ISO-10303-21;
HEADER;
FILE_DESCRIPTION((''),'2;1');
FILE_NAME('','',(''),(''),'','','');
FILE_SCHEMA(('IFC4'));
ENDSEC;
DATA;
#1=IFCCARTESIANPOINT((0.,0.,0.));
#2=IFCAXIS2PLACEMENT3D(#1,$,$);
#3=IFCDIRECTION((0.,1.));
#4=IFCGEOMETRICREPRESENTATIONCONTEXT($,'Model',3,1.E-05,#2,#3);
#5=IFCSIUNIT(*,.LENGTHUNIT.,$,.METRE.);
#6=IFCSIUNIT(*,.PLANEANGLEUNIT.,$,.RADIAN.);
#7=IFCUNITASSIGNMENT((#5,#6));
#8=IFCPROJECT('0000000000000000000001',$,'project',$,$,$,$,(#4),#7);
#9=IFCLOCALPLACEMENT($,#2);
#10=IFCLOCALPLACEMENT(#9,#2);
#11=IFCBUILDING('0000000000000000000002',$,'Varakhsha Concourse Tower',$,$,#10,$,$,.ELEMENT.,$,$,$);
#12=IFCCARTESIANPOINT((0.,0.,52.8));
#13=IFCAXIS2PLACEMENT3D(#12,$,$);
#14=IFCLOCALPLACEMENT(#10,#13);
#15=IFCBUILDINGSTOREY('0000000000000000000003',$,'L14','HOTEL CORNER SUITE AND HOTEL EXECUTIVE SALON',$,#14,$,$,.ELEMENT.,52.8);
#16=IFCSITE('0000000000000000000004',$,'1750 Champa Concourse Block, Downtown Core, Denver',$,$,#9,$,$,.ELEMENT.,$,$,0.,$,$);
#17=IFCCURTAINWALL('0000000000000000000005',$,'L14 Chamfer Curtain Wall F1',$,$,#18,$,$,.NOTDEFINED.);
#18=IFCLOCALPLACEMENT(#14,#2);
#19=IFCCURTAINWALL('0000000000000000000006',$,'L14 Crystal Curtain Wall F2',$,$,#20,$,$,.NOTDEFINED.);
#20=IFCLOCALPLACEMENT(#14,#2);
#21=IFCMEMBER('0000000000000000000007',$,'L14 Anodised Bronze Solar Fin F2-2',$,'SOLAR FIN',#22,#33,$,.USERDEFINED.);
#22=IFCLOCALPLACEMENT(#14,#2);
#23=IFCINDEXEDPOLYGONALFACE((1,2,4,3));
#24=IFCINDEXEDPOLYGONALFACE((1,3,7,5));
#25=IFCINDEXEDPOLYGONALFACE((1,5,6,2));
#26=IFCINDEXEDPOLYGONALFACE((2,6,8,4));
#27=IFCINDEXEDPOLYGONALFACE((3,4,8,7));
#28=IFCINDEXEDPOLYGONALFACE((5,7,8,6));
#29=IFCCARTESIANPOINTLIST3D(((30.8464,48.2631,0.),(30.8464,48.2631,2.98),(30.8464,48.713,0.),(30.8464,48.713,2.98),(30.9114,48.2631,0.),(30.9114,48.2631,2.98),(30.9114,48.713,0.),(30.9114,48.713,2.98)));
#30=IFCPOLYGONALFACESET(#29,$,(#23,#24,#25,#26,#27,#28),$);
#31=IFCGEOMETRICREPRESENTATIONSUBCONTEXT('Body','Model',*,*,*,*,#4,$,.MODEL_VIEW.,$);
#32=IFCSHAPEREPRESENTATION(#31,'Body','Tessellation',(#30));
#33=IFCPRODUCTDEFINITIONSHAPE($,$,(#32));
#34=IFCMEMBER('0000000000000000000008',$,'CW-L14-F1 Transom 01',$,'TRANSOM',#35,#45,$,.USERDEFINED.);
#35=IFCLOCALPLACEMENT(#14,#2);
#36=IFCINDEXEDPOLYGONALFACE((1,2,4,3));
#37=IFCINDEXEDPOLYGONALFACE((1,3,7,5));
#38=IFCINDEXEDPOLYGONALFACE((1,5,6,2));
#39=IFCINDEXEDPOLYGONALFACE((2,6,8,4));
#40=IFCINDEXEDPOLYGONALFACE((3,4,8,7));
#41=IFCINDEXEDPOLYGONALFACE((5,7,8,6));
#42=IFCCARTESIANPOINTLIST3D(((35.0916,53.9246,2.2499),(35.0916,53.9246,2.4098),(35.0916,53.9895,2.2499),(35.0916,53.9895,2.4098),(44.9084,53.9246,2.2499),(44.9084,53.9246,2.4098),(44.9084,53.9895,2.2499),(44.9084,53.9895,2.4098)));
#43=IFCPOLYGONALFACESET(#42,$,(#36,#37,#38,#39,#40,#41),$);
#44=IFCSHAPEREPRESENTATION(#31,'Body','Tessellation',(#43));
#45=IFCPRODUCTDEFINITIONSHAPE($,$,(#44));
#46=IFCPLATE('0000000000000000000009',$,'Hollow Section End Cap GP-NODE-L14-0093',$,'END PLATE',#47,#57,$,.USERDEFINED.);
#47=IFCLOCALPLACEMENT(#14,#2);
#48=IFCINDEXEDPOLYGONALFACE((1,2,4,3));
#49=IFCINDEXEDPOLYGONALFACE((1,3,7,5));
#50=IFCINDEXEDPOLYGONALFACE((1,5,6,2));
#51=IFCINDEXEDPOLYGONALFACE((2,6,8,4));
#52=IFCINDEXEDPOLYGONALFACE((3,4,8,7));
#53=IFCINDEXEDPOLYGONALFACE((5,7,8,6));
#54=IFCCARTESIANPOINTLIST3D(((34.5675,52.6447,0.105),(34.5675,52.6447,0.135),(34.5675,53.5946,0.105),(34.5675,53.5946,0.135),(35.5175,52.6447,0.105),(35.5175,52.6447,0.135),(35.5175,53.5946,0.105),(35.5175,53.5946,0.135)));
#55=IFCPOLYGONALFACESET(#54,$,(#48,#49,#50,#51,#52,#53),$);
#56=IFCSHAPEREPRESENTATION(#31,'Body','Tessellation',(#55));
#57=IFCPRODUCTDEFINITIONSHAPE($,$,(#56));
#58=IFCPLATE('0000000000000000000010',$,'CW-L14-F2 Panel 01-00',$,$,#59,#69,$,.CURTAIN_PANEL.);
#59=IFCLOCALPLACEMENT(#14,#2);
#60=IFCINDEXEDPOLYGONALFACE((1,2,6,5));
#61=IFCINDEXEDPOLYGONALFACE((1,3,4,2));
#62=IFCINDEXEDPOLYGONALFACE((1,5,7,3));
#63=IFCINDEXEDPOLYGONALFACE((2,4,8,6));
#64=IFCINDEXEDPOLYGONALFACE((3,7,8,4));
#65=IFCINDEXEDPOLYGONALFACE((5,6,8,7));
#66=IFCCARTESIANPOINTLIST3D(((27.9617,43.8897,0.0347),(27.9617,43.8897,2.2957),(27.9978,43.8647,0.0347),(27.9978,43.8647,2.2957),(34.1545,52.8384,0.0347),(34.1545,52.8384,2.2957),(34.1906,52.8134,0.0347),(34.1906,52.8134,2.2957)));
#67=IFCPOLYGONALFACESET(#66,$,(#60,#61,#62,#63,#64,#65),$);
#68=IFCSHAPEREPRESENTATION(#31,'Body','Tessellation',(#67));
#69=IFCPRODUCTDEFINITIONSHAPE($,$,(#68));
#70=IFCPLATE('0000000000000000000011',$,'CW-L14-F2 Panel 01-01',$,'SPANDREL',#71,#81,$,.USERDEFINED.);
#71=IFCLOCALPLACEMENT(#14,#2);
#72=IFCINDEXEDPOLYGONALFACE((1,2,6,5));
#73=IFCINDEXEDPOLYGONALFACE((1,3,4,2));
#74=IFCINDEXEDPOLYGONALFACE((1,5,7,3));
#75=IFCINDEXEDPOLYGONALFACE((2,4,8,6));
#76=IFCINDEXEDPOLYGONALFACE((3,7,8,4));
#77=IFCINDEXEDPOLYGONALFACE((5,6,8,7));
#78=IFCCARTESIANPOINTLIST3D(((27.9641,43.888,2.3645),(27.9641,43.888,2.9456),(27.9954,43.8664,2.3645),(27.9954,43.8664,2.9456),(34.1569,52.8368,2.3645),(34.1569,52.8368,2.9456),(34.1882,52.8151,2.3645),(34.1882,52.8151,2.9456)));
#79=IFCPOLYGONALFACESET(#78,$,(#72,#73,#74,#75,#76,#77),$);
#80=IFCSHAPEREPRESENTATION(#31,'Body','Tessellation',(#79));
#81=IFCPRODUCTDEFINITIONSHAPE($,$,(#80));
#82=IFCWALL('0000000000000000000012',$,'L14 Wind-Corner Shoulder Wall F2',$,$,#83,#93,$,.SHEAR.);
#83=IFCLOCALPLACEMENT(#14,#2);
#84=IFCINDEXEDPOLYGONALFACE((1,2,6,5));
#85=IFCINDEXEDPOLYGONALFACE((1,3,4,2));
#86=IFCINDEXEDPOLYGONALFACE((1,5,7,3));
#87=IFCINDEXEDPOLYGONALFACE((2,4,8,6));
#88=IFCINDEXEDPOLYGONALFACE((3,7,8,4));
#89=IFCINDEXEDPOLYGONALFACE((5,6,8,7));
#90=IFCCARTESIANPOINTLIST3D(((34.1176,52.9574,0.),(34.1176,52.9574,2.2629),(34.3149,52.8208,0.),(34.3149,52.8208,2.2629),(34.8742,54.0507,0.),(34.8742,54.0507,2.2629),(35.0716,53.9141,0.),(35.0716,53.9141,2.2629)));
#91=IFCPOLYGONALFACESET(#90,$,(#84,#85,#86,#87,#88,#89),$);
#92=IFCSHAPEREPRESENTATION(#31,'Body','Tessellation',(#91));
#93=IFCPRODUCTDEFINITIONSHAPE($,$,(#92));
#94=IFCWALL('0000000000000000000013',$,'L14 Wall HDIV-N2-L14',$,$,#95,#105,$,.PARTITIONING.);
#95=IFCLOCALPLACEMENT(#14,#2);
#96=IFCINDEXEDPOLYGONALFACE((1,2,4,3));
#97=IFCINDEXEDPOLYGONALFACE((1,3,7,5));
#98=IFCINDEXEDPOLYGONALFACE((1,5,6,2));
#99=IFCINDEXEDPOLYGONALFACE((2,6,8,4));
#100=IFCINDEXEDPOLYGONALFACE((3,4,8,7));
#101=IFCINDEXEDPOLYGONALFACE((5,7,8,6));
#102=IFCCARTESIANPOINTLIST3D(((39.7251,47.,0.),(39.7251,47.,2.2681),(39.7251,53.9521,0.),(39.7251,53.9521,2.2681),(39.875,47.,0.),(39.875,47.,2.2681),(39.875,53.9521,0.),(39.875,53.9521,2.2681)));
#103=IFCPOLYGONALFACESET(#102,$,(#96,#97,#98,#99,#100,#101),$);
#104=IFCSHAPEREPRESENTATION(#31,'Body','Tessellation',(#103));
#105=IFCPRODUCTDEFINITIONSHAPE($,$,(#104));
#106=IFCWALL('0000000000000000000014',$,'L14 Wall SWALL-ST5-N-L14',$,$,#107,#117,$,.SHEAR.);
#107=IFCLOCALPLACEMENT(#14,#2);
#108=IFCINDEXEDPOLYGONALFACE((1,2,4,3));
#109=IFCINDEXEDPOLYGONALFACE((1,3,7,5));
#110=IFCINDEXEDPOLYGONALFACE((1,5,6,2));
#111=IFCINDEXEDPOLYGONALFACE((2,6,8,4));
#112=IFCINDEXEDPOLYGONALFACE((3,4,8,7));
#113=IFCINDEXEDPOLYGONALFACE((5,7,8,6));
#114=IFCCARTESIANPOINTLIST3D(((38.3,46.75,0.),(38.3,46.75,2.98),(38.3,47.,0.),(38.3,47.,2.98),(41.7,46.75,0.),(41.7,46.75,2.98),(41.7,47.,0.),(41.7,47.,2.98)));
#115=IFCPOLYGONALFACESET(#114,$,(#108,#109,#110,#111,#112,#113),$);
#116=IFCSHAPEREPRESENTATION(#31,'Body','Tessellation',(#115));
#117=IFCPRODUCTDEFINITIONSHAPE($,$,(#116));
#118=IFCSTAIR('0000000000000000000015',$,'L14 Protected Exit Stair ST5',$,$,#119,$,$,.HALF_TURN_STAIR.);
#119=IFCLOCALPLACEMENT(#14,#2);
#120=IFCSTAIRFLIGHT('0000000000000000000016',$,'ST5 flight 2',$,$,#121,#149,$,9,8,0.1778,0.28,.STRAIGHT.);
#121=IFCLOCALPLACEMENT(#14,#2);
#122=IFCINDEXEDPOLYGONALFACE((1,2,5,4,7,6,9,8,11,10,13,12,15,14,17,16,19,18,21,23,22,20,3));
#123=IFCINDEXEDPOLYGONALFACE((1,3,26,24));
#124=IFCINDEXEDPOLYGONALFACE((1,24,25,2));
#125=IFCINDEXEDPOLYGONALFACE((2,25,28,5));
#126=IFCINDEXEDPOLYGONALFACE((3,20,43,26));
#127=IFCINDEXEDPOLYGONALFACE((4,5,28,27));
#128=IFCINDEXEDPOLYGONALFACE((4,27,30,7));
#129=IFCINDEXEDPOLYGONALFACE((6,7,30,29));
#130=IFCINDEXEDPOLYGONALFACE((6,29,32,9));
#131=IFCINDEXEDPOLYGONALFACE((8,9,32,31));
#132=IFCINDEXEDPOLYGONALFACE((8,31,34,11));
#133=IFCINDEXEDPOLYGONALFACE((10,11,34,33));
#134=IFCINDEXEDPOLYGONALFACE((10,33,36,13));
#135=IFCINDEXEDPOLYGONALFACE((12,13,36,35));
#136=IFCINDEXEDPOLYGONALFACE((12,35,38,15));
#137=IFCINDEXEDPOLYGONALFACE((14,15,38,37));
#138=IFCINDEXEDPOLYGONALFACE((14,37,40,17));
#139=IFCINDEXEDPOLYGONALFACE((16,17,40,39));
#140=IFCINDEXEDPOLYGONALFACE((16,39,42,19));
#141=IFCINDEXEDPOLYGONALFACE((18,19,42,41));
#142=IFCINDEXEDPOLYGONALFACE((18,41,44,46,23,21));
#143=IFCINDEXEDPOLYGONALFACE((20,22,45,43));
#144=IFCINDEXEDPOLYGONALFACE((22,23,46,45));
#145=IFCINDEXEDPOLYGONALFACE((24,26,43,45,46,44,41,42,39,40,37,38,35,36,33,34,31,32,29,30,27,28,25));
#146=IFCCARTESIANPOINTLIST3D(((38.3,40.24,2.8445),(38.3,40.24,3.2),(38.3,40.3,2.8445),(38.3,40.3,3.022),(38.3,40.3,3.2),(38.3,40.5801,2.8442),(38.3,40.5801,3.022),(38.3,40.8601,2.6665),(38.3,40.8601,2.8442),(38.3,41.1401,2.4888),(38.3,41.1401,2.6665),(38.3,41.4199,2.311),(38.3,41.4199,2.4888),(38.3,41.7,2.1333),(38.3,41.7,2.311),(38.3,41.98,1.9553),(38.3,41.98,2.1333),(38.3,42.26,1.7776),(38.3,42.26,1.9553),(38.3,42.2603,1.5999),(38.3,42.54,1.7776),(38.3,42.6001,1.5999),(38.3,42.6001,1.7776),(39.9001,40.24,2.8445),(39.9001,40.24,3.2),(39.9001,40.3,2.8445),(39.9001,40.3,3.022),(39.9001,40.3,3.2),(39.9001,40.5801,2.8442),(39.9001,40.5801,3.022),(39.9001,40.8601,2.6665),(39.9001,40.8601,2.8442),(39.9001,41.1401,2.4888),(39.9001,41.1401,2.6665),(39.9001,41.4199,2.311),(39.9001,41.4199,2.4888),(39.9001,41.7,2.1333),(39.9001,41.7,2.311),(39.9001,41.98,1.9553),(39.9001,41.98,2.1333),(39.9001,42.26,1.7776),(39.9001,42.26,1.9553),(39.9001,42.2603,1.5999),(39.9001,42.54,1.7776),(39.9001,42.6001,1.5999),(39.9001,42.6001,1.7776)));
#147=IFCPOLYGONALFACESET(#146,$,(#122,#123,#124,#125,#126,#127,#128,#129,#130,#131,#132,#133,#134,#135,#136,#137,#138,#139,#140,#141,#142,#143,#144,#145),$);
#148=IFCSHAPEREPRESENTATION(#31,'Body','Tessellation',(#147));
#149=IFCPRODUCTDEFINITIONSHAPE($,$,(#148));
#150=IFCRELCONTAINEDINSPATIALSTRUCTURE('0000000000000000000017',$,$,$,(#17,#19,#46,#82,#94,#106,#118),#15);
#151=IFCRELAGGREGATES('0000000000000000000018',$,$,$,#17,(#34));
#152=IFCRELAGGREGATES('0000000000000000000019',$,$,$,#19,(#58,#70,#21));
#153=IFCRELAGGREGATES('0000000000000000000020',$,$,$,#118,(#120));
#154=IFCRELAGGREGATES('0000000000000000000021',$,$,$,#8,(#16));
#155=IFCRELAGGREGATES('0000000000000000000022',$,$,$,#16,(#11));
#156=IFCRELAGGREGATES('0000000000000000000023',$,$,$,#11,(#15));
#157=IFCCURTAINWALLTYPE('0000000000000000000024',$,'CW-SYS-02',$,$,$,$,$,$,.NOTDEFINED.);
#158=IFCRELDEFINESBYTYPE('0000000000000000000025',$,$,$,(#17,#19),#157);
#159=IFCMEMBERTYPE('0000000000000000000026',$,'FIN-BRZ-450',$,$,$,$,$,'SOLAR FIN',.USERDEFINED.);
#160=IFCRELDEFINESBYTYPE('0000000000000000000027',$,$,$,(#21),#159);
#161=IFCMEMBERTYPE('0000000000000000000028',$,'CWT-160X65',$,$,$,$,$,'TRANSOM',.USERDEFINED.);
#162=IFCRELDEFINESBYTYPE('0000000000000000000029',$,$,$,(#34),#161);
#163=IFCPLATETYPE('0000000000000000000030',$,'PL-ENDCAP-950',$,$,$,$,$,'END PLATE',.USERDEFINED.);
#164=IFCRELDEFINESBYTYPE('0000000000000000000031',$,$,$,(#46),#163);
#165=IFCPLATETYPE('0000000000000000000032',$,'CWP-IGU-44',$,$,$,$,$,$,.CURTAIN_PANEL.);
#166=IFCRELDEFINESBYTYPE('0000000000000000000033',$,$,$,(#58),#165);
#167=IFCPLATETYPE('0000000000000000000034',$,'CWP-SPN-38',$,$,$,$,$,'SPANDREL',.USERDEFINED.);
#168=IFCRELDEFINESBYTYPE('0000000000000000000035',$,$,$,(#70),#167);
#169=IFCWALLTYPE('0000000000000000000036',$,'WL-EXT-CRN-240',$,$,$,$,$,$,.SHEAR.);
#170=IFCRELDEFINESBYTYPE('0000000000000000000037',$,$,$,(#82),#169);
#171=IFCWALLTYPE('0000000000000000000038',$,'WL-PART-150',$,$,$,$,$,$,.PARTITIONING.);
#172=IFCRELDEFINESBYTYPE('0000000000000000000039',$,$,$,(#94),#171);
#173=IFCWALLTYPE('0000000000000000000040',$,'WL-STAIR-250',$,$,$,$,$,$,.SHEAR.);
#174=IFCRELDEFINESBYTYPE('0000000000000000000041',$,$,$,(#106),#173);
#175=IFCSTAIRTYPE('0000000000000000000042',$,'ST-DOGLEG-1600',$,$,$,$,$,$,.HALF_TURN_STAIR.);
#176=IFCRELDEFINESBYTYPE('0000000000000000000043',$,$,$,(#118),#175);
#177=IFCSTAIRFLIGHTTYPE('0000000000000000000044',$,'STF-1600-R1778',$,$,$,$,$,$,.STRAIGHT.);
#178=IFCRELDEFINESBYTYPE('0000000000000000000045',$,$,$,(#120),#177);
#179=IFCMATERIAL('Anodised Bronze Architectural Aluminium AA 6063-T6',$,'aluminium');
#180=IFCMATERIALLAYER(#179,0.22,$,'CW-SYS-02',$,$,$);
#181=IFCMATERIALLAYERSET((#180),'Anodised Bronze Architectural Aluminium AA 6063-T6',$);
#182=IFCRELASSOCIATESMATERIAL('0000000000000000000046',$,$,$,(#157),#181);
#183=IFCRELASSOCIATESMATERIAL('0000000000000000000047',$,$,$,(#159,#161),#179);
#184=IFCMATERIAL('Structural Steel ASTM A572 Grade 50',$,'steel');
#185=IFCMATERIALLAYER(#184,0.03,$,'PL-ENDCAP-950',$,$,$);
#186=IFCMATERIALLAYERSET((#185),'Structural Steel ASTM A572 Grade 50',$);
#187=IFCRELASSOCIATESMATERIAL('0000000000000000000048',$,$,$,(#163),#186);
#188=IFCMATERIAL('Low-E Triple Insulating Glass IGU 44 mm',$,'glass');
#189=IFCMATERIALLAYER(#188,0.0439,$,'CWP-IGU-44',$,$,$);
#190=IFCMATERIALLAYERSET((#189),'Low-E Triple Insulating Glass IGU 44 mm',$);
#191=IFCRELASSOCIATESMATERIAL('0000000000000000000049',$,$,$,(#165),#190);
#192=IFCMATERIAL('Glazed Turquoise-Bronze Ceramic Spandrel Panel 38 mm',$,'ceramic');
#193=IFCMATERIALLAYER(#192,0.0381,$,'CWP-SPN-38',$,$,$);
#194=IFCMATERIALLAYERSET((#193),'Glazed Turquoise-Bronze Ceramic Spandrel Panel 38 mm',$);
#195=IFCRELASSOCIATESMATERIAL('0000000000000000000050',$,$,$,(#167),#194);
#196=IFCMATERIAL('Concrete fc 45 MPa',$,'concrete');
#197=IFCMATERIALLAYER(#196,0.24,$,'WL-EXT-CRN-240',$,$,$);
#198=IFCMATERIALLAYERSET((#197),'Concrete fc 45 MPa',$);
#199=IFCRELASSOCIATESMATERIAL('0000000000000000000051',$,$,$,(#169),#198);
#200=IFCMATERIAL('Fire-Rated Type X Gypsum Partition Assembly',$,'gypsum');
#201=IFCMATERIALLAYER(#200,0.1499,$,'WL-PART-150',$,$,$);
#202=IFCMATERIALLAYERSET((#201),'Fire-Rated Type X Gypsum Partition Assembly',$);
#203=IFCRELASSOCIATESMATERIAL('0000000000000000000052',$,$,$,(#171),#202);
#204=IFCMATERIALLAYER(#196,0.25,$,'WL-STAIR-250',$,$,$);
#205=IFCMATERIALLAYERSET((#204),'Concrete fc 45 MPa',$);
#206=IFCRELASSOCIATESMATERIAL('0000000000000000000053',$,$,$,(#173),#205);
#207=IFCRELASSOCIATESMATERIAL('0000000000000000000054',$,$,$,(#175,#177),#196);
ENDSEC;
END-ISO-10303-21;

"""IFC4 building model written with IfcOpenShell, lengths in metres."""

from ifc_helpers import new_model, si_unit, direction, frame, frame_2d, origin, origin_2d, place, context, subcontext, project, spatial, polyline, rectangle, outline, extrude, source, transform, mapped, material, layer, layer_set, material_profile, profile_set, type_object, type_shapes, element, aggregate, save


model = new_model("IFC4")

# Units and contexts
model_context = context("Model", 3, precision=1e-05, world=origin(), true_north=direction((0.0, 1.0)))
body_context = subcontext(model_context, "Body", "Model", "MODEL_VIEW")
ifc_project = project(units=[si_unit("LENGTHUNIT", "METRE"), si_unit("PLANEANGLEUNIT", "RADIAN")], contexts=[model_context])

# Site, building, storey
site_placement = place(None, origin())
site = spatial("IfcSite", under=ifc_project, at=site_placement, Name="1750 Champa Concourse Block, Downtown Core, Denver", CompositionType="ELEMENT", RefElevation=0.0)
building_placement = place(site_placement, origin())
building = spatial("IfcBuilding", under=site, at=building_placement, Name="Varakhsha Concourse Tower", CompositionType="ELEMENT")
storey_placement = place(building_placement, frame((0.0, 0.0, 52.8)))
storey = spatial("IfcBuildingStorey", under=building, at=storey_placement, Name="L14", Description="HOTEL CORNER SUITE AND HOTEL EXECUTIVE SALON", CompositionType="ELEMENT", Elevation=52.8)

# Shared definitions
ifc_material_1 = material(Name="Structural Steel ASTM A572 Grade 50", Category="steel")

# Curtain wall
ifc_material_2 = material(Name="Anodised Bronze Architectural Aluminium AA 6063-T6", Category="aluminium")
ifc_layer_1 = layer(ifc_material_2, 0.22, Name="CW-SYS-02")
ifc_layer_set_1 = layer_set([ifc_layer_1], Name="Anodised Bronze Architectural Aluminium AA 6063-T6")
curtain_wall_type = type_object("IfcCurtainWallType", Name="CW-SYS-02", PredefinedType="NOTDEFINED", material=ifc_layer_set_1)
curtain_wall_1_placement = place(storey_placement, origin())
curtain_wall_1 = element("IfcCurtainWall", 1, at=curtain_wall_1_placement, inside=storey, type_object=curtain_wall_type, Name="L14 Chamfer Curtain Wall F1", PredefinedType="NOTDEFINED")

# Curtain wall, member
curtain_wall_2_placement = place(storey_placement, origin())
curtain_wall_2 = element("IfcCurtainWall", 2, at=curtain_wall_2_placement, inside=storey, type_object=curtain_wall_type, Name="L14 Crystal Curtain Wall F2", PredefinedType="NOTDEFINED")
ifc_material_profile_1 = material_profile(ifc_material_2, rectangle(XDim=0.0649, YDim=0.45, at=origin_2d()), Name="FIN-BRZ-450")
ifc_profile_set_1 = profile_set([ifc_material_profile_1], Name="Anodised Bronze Architectural Aluminium AA 6063-T6")
member_type_1 = type_object("IfcMemberType", Name="FIN-BRZ-450", ElementType="SOLAR FIN", PredefinedType="USERDEFINED", material=ifc_profile_set_1)
shared_shape_1 = source(origin(), body_context, "Body", "SweptSolid", [
    extrude(rectangle(XDim=0.0649, YDim=0.45, at=origin_2d()), origin(), (0.0, 0.0, 1.0), 2.98),
])
type_shapes(member_type_1, [shared_shape_1])
member_1_placement = place(storey_placement, frame((30.8789, 48.488, 0.0), z_axis=(0.0, 0.0, 1.0), x_axis=(1.0, 0.0, 0.0)))
member_1 = element("IfcMember", 3, at=member_1_placement, type_object=member_type_1, Name="L14 Anodised Bronze Solar Fin F2-2", ObjectType="SOLAR FIN", PredefinedType="USERDEFINED", context=body_context, shape_type="MappedRepresentation", body=[
    mapped(shared_shape_1, transform((0.0, 0.0, 0.0), scale=1.0)),
])

# Member
ifc_material_profile_2 = material_profile(ifc_material_2, rectangle(XDim=0.0649, YDim=0.1599, at=origin_2d()), Name="CWT-160X65")
ifc_profile_set_2 = profile_set([ifc_material_profile_2], Name="Anodised Bronze Architectural Aluminium AA 6063-T6")
member_type_2 = type_object("IfcMemberType", Name="CWT-160X65", ElementType="TRANSOM", PredefinedType="USERDEFINED", material=ifc_profile_set_2)
shared_shape_2 = source(origin(), body_context, "Body", "SweptSolid", [
    extrude(rectangle(XDim=0.0649, YDim=0.1599, at=origin_2d()), origin(), (0.0, 0.0, 1.0), 9.8169),
])
type_shapes(member_type_2, [shared_shape_2])
member_2_placement = place(storey_placement, frame((35.0916, 53.957, 2.3298), z_axis=(1.0, 0.0, 0.0), x_axis=(0.0, 1.0, 0.0)))
member_2 = element("IfcMember", 4, at=member_2_placement, type_object=member_type_2, Name="CW-L14-F1 Transom 01", ObjectType="TRANSOM", PredefinedType="USERDEFINED", context=body_context, shape_type="MappedRepresentation", body=[
    mapped(shared_shape_2, transform((0.0, 0.0, 0.0), scale=1.0)),
])
aggregate(curtain_wall_1, [member_2])

# Plates
ifc_layer_2 = layer(ifc_material_1, 0.03, Name="PL-ENDCAP-950")
ifc_layer_set_2 = layer_set([ifc_layer_2], Name="Structural Steel ASTM A572 Grade 50")
plate_type_1 = type_object("IfcPlateType", Name="PL-ENDCAP-950", ElementType="END PLATE", PredefinedType="USERDEFINED", material=ifc_layer_set_2)
shared_shape_3 = source(origin(), body_context, "Body", "SweptSolid", [
    extrude(rectangle(XDim=0.95, YDim=0.95, at=origin_2d()), origin(), (0.0, 0.0, 1.0), 0.03),
])
type_shapes(plate_type_1, [shared_shape_3])
plate_1_placement = place(storey_placement, frame((35.0425, 53.1196, 0.105), z_axis=(0.0, 0.0, 1.0), x_axis=(1.0, 0.0, 0.0)))
element("IfcPlate", 5, at=plate_1_placement, inside=storey, type_object=plate_type_1, Name="Hollow Section End Cap GP-NODE-L14-0093", ObjectType="END PLATE", PredefinedType="USERDEFINED", context=body_context, shape_type="MappedRepresentation", body=[
    mapped(shared_shape_3, transform((0.0, 0.0, 0.0), scale=1.0)),
])
ifc_material_3 = material(Name="Low-E Triple Insulating Glass IGU 44 mm", Category="glass")
ifc_layer_3 = layer(ifc_material_3, 0.0439, Name="CWP-IGU-44")
ifc_layer_set_3 = layer_set([ifc_layer_3], Name="Low-E Triple Insulating Glass IGU 44 mm")
plate_type_2 = type_object("IfcPlateType", Name="CWP-IGU-44", PredefinedType="CURTAIN_PANEL", material=ifc_layer_set_3)
shared_shape_4 = source(origin(), body_context, "Body", "SweptSolid", [
    extrude(rectangle(XDim=10.8826, YDim=0.0439, at=origin_2d()), origin(), (0.0, 0.0, 1.0), 2.261),
])
type_shapes(plate_type_2, [shared_shape_4])
plate_2_placement = place(storey_placement, frame((31.0762, 48.3516, 0.0347), z_axis=(0.0, 0.0, 1.0), x_axis=(0.569057, 0.822298, 0.0)))
plate_2 = element("IfcPlate", 6, at=plate_2_placement, type_object=plate_type_2, Name="CW-L14-F2 Panel 01-00", PredefinedType="CURTAIN_PANEL", context=body_context, shape_type="MappedRepresentation", body=[
    mapped(shared_shape_4, transform((0.0, 0.0, 0.0), scale=1.0)),
])
ifc_material_4 = material(Name="Glazed Turquoise-Bronze Ceramic Spandrel Panel 38 mm", Category="ceramic")
ifc_layer_4 = layer(ifc_material_4, 0.0381, Name="CWP-SPN-38")
ifc_layer_set_4 = layer_set([ifc_layer_4], Name="Glazed Turquoise-Bronze Ceramic Spandrel Panel 38 mm")
plate_type_3 = type_object("IfcPlateType", Name="CWP-SPN-38", ElementType="SPANDREL", PredefinedType="USERDEFINED", material=ifc_layer_set_4)
shared_shape_5 = source(origin(), body_context, "Body", "SweptSolid", [
    extrude(rectangle(XDim=10.8826, YDim=0.0381, at=origin_2d()), origin(), (0.0, 0.0, 1.0), 0.5811),
])
type_shapes(plate_type_3, [shared_shape_5])
plate_3_placement = place(storey_placement, frame((31.0762, 48.3516, 2.3645), z_axis=(0.0, 0.0, 1.0), x_axis=(0.569057, 0.822298, 0.0)))
plate_3 = element("IfcPlate", 7, at=plate_3_placement, type_object=plate_type_3, Name="CW-L14-F2 Panel 01-01", ObjectType="SPANDREL", PredefinedType="USERDEFINED", context=body_context, shape_type="MappedRepresentation", body=[
    mapped(shared_shape_5, transform((0.0, 0.0, 0.0), scale=1.0)),
])
aggregate(curtain_wall_2, [plate_2, plate_3, member_1])

# Walls
ifc_material_5 = material(Name="Concrete fc 45 MPa", Category="concrete")
ifc_layer_5 = layer(ifc_material_5, 0.24, Name="WL-EXT-CRN-240")
ifc_layer_set_5 = layer_set([ifc_layer_5], Name="Concrete fc 45 MPa")
wall_type_1 = type_object("IfcWallType", Name="WL-EXT-CRN-240", PredefinedType="SHEAR", material=ifc_layer_set_5)
wall_1_placement = place(storey_placement, frame((34.9729, 53.9824, 0.0), z_axis=(0.0, 0.0, 1.0), x_axis=(-0.569067, -0.822291, 0.0)))
element("IfcWall", 8, at=wall_1_placement, inside=storey, type_object=wall_type_1, Name="L14 Wind-Corner Shoulder Wall F2", PredefinedType="SHEAR", context=body_context, shape_type="SweptSolid", body=[
    extrude(rectangle(XDim=1.3296, YDim=0.24, at=frame_2d((0.6648, 0.0))), origin(), (0.0, 0.0, 1.0), 2.2629),
])
ifc_material_6 = material(Name="Fire-Rated Type X Gypsum Partition Assembly", Category="gypsum")
ifc_layer_6 = layer(ifc_material_6, 0.1499, Name="WL-PART-150")
ifc_layer_set_6 = layer_set([ifc_layer_6], Name="Fire-Rated Type X Gypsum Partition Assembly")
wall_type_2 = type_object("IfcWallType", Name="WL-PART-150", PredefinedType="PARTITIONING", material=ifc_layer_set_6)
wall_2_placement = place(storey_placement, frame((39.8, 47.0, 0.0), z_axis=(0.0, 0.0, 1.0), x_axis=(0.0, 1.0, 0.0)))
element("IfcWall", 9, at=wall_2_placement, inside=storey, type_object=wall_type_2, Name="L14 Wall HDIV-N2-L14", PredefinedType="PARTITIONING", context=body_context, shape_type="SweptSolid", body=[
    extrude(rectangle(XDim=6.9521, YDim=0.1499, at=frame_2d((3.4761, 0.0))), origin(), (0.0, 0.0, 1.0), 2.2681),
])
ifc_layer_7 = layer(ifc_material_5, 0.25, Name="WL-STAIR-250")
ifc_layer_set_7 = layer_set([ifc_layer_7], Name="Concrete fc 45 MPa")
wall_type_3 = type_object("IfcWallType", Name="WL-STAIR-250", PredefinedType="SHEAR", material=ifc_layer_set_7)
wall_3_placement = place(storey_placement, frame((38.3, 46.875, 0.0), z_axis=(0.0, 0.0, 1.0), x_axis=(1.0, 0.0, 0.0)))
element("IfcWall", 10, at=wall_3_placement, inside=storey, type_object=wall_type_3, Name="L14 Wall SWALL-ST5-N-L14", PredefinedType="SHEAR", context=body_context, shape_type="SweptSolid", body=[
    extrude(rectangle(XDim=3.3999, YDim=0.25, at=frame_2d((1.7, 0.0))), origin(), (0.0, 0.0, 1.0), 2.98),
])

# Stair, stair flight
stair_type = type_object("IfcStairType", Name="ST-DOGLEG-1600", PredefinedType="HALF_TURN_STAIR", material=ifc_material_5)
stair_placement = place(storey_placement, origin())
stair = element("IfcStair", 11, at=stair_placement, inside=storey, type_object=stair_type, Name="L14 Protected Exit Stair ST5", PredefinedType="HALF_TURN_STAIR")
stair_flight_type = type_object("IfcStairFlightType", Name="STF-1600-R1778", PredefinedType="STRAIGHT", material=ifc_material_5)
stair_flight_placement = place(storey_placement, frame((39.1001, 42.54, 1.5999), z_axis=(0.0, 0.0, 1.0), x_axis=(0.0, -1.0, 0.0)))
stair_flight = element("IfcStairFlight", 12, at=stair_flight_placement, type_object=stair_flight_type, Name="ST5 flight 2", NumberOfRisers=9, NumberOfTreads=8, PredefinedType="STRAIGHT", RiserHeight=0.1778, TreadLength=0.28, context=body_context, shape_type="SweptSolid", body=[
    extrude(outline(polyline([(-0.0601, 0.0), (-0.0601, 0.1777), (0.0, 0.1777), (0.28, 0.1777), (0.28, 0.3555), (0.5601, 0.3555), (0.5601, 0.5334), (0.8401, 0.5334), (0.8401, 0.7112), (1.1201, 0.7112), (1.1201, 0.8889), (1.3999, 0.8889), (1.3999, 1.0667), (1.6799, 1.0667), (1.6799, 1.2444), (1.96, 1.2444), (1.96, 1.4221), (2.24, 1.4221), (2.24, 1.6001), (2.3, 1.6001), (2.3, 1.2446), (2.24, 1.2446), (0.2798, 0.0), (-0.0601, 0.0)])), frame((0.0, 0.8, 0.0), z_axis=(0.0, -1.0, 0.0), x_axis=(1.0, 0.0, 0.0)), (0.0, 0.0, 1.0), 1.6001),
])
aggregate(stair, [stair_flight])

save(model, "model.ifc")
